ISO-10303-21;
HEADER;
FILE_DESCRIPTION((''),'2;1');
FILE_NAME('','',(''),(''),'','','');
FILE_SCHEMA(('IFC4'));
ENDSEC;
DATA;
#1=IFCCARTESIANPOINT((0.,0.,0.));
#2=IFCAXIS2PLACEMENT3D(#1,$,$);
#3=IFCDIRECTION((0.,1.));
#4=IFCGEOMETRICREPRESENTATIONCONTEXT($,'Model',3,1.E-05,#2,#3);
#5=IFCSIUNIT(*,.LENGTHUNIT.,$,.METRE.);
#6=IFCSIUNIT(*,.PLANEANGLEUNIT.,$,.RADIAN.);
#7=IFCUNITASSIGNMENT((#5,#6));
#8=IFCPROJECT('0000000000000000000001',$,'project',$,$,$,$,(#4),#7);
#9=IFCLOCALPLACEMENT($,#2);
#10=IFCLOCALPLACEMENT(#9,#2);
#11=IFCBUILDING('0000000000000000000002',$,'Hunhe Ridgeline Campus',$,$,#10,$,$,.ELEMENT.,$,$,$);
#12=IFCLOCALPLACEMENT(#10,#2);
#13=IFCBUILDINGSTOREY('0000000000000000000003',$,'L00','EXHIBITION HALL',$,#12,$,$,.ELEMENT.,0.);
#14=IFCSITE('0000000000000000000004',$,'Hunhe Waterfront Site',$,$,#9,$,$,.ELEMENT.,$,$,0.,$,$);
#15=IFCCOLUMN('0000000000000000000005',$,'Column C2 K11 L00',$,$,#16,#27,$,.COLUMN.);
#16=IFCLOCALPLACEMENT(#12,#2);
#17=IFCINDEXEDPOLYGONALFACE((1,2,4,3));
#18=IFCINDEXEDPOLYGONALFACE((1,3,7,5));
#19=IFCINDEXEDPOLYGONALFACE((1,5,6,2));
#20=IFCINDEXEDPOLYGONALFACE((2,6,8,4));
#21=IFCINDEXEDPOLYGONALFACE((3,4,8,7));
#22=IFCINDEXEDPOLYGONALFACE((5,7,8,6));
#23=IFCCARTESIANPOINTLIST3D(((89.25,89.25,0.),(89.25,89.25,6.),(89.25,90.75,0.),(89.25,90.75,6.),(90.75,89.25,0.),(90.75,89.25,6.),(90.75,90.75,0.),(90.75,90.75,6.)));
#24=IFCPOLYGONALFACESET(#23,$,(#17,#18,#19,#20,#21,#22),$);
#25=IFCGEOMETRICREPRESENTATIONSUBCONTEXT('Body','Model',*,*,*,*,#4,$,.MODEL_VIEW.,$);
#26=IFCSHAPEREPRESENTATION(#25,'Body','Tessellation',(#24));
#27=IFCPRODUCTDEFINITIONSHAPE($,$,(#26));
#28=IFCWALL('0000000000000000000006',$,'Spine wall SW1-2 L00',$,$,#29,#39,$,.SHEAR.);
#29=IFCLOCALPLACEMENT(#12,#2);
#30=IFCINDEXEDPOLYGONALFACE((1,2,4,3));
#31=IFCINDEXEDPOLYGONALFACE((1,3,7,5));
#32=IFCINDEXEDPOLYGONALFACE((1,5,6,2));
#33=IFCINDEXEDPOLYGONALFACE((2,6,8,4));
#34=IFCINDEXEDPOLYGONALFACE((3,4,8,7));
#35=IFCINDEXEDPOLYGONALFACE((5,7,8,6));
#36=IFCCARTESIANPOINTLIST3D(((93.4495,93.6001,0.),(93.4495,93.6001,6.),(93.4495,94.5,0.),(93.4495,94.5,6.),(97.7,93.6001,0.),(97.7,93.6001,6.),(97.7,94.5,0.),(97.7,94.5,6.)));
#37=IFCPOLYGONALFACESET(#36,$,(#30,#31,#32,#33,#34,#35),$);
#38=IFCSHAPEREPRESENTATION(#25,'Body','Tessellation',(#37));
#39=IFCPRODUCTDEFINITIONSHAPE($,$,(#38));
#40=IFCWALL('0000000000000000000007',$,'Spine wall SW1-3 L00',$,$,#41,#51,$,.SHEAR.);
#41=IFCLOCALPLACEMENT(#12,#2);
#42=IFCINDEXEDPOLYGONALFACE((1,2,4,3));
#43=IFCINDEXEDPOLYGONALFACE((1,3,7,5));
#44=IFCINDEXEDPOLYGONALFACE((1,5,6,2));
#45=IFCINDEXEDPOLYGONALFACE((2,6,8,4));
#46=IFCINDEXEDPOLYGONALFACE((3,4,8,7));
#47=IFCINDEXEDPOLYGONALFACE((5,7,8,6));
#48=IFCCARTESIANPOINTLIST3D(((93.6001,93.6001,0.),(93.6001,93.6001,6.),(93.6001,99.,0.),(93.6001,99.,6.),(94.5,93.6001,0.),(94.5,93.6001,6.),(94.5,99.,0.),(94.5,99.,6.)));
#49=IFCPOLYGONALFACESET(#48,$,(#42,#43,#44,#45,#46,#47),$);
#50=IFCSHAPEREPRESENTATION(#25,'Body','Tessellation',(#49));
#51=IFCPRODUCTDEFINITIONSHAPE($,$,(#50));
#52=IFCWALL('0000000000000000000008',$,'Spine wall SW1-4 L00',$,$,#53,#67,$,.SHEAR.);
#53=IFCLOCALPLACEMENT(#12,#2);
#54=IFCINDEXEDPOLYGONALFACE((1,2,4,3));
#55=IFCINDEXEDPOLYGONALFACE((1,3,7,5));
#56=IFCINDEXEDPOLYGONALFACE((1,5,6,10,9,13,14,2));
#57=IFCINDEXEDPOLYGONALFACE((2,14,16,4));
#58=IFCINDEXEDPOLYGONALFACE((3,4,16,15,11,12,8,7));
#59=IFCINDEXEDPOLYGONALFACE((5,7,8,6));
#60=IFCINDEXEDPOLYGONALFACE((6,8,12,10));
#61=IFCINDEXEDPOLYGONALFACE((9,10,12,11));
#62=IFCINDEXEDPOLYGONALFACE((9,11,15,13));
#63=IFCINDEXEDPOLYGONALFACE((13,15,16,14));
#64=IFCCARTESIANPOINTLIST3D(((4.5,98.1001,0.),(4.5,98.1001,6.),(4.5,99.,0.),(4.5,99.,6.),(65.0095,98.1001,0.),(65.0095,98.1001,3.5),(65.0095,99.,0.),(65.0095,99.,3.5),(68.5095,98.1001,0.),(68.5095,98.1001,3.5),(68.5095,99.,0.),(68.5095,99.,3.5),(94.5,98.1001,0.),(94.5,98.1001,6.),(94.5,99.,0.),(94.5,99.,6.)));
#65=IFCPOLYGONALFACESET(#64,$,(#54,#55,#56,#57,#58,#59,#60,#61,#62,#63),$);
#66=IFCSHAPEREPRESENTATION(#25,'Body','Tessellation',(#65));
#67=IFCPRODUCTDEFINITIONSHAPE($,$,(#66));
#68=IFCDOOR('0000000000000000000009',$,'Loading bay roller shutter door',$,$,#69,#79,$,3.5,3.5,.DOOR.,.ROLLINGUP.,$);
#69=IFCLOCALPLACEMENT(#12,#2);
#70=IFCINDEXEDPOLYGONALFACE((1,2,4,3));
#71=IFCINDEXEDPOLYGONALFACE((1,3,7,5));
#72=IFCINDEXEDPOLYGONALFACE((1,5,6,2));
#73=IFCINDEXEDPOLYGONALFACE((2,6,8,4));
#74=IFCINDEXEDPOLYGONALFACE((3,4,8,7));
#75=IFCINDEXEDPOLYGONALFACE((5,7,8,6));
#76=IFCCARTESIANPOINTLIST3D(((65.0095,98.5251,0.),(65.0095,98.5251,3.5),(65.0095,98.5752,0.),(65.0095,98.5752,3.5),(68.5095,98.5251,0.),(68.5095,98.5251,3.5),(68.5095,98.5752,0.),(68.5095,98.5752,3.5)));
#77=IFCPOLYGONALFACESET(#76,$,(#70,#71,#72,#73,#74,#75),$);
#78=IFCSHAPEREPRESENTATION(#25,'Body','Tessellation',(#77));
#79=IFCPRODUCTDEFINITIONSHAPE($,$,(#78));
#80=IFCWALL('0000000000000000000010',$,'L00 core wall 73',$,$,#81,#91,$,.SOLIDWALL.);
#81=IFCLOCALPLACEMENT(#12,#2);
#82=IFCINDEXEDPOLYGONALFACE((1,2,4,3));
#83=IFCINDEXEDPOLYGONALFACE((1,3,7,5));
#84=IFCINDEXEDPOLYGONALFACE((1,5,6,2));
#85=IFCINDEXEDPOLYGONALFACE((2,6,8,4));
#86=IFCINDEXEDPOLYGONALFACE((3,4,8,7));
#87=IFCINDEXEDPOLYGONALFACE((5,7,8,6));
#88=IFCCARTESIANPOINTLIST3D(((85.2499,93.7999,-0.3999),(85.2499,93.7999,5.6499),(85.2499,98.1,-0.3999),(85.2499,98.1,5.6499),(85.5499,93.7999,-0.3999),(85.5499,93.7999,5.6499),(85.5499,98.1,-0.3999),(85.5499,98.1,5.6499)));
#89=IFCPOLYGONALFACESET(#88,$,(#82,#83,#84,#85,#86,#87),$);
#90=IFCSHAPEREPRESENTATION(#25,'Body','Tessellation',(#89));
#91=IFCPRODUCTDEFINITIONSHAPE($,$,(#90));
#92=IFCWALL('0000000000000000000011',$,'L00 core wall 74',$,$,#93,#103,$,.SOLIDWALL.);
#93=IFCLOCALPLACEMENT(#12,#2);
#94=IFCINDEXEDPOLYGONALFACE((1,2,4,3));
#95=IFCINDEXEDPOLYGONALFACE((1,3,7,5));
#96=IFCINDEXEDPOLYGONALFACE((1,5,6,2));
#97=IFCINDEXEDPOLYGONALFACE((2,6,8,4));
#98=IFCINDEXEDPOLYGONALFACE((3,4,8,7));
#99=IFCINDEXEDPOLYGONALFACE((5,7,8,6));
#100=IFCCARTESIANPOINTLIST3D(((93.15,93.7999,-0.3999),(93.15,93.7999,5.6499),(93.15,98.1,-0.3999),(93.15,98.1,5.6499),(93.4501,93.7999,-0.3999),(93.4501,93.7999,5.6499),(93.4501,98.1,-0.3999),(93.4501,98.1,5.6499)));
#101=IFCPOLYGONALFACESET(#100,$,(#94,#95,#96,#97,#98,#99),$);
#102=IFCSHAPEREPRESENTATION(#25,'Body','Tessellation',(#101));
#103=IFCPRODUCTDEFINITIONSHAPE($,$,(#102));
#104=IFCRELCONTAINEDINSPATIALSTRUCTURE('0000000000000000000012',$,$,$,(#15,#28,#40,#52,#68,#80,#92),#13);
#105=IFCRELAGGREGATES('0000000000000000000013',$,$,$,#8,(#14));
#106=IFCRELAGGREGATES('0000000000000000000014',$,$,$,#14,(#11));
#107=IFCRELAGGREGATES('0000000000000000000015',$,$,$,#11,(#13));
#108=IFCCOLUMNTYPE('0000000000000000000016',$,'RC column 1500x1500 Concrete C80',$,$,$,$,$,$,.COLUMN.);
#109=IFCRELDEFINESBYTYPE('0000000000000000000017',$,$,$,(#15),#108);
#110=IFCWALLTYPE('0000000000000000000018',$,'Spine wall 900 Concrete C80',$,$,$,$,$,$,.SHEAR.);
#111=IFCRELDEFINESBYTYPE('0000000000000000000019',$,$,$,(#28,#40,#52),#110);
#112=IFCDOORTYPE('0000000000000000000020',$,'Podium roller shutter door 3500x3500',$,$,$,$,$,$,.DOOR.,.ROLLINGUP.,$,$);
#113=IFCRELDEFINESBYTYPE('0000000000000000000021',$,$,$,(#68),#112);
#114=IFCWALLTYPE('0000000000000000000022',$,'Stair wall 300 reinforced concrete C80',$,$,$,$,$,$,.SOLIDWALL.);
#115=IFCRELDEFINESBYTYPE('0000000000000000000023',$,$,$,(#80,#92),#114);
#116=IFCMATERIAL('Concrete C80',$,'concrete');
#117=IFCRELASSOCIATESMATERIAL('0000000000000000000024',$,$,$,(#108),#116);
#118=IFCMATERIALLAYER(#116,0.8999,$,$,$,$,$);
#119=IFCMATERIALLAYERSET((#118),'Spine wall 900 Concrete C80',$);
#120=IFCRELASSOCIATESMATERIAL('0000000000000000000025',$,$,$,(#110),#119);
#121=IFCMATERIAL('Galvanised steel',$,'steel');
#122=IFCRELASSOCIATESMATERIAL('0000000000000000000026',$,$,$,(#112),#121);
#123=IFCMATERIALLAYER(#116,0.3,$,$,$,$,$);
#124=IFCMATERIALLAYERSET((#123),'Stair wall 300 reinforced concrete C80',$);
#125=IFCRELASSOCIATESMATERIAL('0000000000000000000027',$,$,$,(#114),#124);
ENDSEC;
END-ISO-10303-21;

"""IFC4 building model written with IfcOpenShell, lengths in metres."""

from ifc_helpers import new_model, si_unit, direction, frame, frame_2d, origin, origin_2d, place, context, subcontext, project, spatial, rectangle, extrude, material, layer, layer_set, material_profile, profile_set, type_object, element, fill, save


model = new_model("IFC4")

# Units and contexts
model_context = context("Model", 3, precision=1e-05, world=origin(), true_north=direction((0.0, 1.0)))
body_context = subcontext(model_context, "Body", "Model", "MODEL_VIEW")
ifc_project = project(units=[si_unit("LENGTHUNIT", "METRE"), si_unit("PLANEANGLEUNIT", "RADIAN")], contexts=[model_context])

# Site, building, storey
site_placement = place(None, origin())
site = spatial("IfcSite", under=ifc_project, at=site_placement, Name="Hunhe Waterfront Site", CompositionType="ELEMENT", RefElevation=0.0)
building_placement = place(site_placement, origin())
building = spatial("IfcBuilding", under=site, at=building_placement, Name="Hunhe Ridgeline Campus", CompositionType="ELEMENT")
storey_placement = place(building_placement, origin())
storey = spatial("IfcBuildingStorey", under=building, at=storey_placement, Name="L00", Description="EXHIBITION HALL", CompositionType="ELEMENT", Elevation=0.0)

# Column
ifc_material_1 = material(Name="Concrete C80", Category="concrete")
ifc_material_profile = material_profile(ifc_material_1, rectangle(XDim=1.5, YDim=1.5, at=origin_2d()))
ifc_profile_set = profile_set([ifc_material_profile], Name="Concrete C80")
column_type = type_object("IfcColumnType", Name="RC column 1500x1500 Concrete C80", PredefinedType="COLUMN", material=ifc_profile_set)
column_placement = place(storey_placement, frame((90.0, 90.0, 0.0), z_axis=(0.0, 0.0, 1.0), x_axis=(1.0, 0.0, 0.0)))
element("IfcColumn", 1, at=column_placement, inside=storey, type_object=column_type, Name="Column C2 K11 L00", PredefinedType="COLUMN", context=body_context, shape_type="SweptSolid", body=[
    extrude(rectangle(XDim=1.5, YDim=1.5, at=origin_2d()), origin(), (0.0, 0.0, 1.0), 6.0),
])

# Walls
ifc_layer_1 = layer(ifc_material_1, 0.8999)
ifc_layer_set_1 = layer_set([ifc_layer_1], Name="Spine wall 900 Concrete C80")
wall_type_1 = type_object("IfcWallType", Name="Spine wall 900 Concrete C80", PredefinedType="SHEAR", material=ifc_layer_set_1)
wall_1_placement = place(storey_placement, frame((97.7, 94.05, 0.0), z_axis=(0.0, 0.0, 1.0), x_axis=(-1.0, 0.0, 0.0)))
element("IfcWall", 2, at=wall_1_placement, inside=storey, type_object=wall_type_1, Name="Spine wall SW1-2 L00", PredefinedType="SHEAR", context=body_context, shape_type="SweptSolid", body=[
    extrude(rectangle(XDim=4.2505, YDim=0.8999, at=frame_2d((2.1252, 0.0))), origin(), (0.0, 0.0, 1.0), 6.0),
])
wall_2_placement = place(storey_placement, frame((94.05, 93.6001, 0.0), z_axis=(0.0, 0.0, 1.0), x_axis=(0.0, 1.0, 0.0)))
element("IfcWall", 3, at=wall_2_placement, inside=storey, type_object=wall_type_1, Name="Spine wall SW1-3 L00", PredefinedType="SHEAR", context=body_context, shape_type="SweptSolid", body=[
    extrude(rectangle(XDim=5.3999, YDim=0.8999, at=frame_2d((2.7, 0.0))), origin(), (0.0, 0.0, 1.0), 6.0),
])

# Wall, opening, door
wall_3_placement = place(storey_placement, frame((94.5, 98.55, 0.0), z_axis=(0.0, 0.0, 1.0), x_axis=(-1.0, 0.0, 0.0)))
wall_3 = element("IfcWall", 4, at=wall_3_placement, inside=storey, type_object=wall_type_1, Name="Spine wall SW1-4 L00", PredefinedType="SHEAR", context=body_context, shape_type="SweptSolid", body=[
    extrude(rectangle(XDim=90.0, YDim=0.8999, at=frame_2d((45.0, 0.0))), origin(), (0.0, 0.0, 1.0), 6.0),
])
opening_1_placement = place(wall_3_placement, frame((25.9905, 0.0, 0.0)))
opening_1 = element("IfcOpeningElement", 5, at=opening_1_placement, cuts=wall_3, PredefinedType="OPENING", context=body_context, shape_type="SweptSolid", body=[
    extrude(rectangle(XDim=3.5, YDim=3.5, at=frame_2d((1.75, 1.75))), frame((0.0, 0.45, 0.0), z_axis=(0.0, -1.0, 0.0), x_axis=(1.0, 0.0, 0.0)), (0.0, 0.0, 1.0), 0.8999),
])
ifc_material_2 = material(Name="Galvanised steel", Category="steel")
door_type_1 = type_object("IfcDoorType", Name="Podium roller shutter door 3500x3500", OperationType="ROLLINGUP", PredefinedType="DOOR", material=ifc_material_2)
door_1_placement = place(opening_1_placement, origin())
door_1 = element("IfcDoor", 6, at=door_1_placement, inside=storey, type_object=door_type_1, Name="Loading bay roller shutter door", OperationType="ROLLINGUP", OverallHeight=3.5, OverallWidth=3.5, PredefinedType="DOOR", context=body_context, shape_type="SweptSolid", body=[
    extrude(rectangle(XDim=3.5, YDim=3.5, at=frame_2d((1.75, 1.75))), frame((0.0, 0.0249, 0.0), z_axis=(0.0, -1.0, 0.0), x_axis=(1.0, 0.0, 0.0)), (0.0, 0.0, 1.0), 0.05),
])
fill(opening_1, door_1)
ifc_layer_2 = layer(ifc_material_1, 0.3)
ifc_layer_set_2 = layer_set([ifc_layer_2], Name="Stair wall 300 reinforced concrete C80")
wall_type_2 = type_object("IfcWallType", Name="Stair wall 300 reinforced concrete C80", PredefinedType="SOLIDWALL", material=ifc_layer_set_2)

# Walls
for number, where, z_axis, x_axis, name in (
    (7, (85.3999, 93.8, -0.3999), (0.0, 0.0, 1.0), (0.0, 1.0, 0.0), "L00 core wall 73"),
    (8, (93.3, 93.8, -0.3999), (0.0, 0.0, 1.0), (0.0, 1.0, 0.0), "L00 core wall 74"),
):
    element("IfcWall", number, at=place(storey_placement, frame(where, z_axis=z_axis, x_axis=x_axis)), inside=storey, type_object=wall_type_2, Name=name, PredefinedType="SOLIDWALL", context=body_context, shape_type="SweptSolid", body=[
        extrude(rectangle(XDim=4.3, YDim=0.3, at=frame_2d((2.1499, 0.0))), origin(), (0.0, 0.0, 1.0), 6.0498),
    ])

save(model, "model.ifc")
